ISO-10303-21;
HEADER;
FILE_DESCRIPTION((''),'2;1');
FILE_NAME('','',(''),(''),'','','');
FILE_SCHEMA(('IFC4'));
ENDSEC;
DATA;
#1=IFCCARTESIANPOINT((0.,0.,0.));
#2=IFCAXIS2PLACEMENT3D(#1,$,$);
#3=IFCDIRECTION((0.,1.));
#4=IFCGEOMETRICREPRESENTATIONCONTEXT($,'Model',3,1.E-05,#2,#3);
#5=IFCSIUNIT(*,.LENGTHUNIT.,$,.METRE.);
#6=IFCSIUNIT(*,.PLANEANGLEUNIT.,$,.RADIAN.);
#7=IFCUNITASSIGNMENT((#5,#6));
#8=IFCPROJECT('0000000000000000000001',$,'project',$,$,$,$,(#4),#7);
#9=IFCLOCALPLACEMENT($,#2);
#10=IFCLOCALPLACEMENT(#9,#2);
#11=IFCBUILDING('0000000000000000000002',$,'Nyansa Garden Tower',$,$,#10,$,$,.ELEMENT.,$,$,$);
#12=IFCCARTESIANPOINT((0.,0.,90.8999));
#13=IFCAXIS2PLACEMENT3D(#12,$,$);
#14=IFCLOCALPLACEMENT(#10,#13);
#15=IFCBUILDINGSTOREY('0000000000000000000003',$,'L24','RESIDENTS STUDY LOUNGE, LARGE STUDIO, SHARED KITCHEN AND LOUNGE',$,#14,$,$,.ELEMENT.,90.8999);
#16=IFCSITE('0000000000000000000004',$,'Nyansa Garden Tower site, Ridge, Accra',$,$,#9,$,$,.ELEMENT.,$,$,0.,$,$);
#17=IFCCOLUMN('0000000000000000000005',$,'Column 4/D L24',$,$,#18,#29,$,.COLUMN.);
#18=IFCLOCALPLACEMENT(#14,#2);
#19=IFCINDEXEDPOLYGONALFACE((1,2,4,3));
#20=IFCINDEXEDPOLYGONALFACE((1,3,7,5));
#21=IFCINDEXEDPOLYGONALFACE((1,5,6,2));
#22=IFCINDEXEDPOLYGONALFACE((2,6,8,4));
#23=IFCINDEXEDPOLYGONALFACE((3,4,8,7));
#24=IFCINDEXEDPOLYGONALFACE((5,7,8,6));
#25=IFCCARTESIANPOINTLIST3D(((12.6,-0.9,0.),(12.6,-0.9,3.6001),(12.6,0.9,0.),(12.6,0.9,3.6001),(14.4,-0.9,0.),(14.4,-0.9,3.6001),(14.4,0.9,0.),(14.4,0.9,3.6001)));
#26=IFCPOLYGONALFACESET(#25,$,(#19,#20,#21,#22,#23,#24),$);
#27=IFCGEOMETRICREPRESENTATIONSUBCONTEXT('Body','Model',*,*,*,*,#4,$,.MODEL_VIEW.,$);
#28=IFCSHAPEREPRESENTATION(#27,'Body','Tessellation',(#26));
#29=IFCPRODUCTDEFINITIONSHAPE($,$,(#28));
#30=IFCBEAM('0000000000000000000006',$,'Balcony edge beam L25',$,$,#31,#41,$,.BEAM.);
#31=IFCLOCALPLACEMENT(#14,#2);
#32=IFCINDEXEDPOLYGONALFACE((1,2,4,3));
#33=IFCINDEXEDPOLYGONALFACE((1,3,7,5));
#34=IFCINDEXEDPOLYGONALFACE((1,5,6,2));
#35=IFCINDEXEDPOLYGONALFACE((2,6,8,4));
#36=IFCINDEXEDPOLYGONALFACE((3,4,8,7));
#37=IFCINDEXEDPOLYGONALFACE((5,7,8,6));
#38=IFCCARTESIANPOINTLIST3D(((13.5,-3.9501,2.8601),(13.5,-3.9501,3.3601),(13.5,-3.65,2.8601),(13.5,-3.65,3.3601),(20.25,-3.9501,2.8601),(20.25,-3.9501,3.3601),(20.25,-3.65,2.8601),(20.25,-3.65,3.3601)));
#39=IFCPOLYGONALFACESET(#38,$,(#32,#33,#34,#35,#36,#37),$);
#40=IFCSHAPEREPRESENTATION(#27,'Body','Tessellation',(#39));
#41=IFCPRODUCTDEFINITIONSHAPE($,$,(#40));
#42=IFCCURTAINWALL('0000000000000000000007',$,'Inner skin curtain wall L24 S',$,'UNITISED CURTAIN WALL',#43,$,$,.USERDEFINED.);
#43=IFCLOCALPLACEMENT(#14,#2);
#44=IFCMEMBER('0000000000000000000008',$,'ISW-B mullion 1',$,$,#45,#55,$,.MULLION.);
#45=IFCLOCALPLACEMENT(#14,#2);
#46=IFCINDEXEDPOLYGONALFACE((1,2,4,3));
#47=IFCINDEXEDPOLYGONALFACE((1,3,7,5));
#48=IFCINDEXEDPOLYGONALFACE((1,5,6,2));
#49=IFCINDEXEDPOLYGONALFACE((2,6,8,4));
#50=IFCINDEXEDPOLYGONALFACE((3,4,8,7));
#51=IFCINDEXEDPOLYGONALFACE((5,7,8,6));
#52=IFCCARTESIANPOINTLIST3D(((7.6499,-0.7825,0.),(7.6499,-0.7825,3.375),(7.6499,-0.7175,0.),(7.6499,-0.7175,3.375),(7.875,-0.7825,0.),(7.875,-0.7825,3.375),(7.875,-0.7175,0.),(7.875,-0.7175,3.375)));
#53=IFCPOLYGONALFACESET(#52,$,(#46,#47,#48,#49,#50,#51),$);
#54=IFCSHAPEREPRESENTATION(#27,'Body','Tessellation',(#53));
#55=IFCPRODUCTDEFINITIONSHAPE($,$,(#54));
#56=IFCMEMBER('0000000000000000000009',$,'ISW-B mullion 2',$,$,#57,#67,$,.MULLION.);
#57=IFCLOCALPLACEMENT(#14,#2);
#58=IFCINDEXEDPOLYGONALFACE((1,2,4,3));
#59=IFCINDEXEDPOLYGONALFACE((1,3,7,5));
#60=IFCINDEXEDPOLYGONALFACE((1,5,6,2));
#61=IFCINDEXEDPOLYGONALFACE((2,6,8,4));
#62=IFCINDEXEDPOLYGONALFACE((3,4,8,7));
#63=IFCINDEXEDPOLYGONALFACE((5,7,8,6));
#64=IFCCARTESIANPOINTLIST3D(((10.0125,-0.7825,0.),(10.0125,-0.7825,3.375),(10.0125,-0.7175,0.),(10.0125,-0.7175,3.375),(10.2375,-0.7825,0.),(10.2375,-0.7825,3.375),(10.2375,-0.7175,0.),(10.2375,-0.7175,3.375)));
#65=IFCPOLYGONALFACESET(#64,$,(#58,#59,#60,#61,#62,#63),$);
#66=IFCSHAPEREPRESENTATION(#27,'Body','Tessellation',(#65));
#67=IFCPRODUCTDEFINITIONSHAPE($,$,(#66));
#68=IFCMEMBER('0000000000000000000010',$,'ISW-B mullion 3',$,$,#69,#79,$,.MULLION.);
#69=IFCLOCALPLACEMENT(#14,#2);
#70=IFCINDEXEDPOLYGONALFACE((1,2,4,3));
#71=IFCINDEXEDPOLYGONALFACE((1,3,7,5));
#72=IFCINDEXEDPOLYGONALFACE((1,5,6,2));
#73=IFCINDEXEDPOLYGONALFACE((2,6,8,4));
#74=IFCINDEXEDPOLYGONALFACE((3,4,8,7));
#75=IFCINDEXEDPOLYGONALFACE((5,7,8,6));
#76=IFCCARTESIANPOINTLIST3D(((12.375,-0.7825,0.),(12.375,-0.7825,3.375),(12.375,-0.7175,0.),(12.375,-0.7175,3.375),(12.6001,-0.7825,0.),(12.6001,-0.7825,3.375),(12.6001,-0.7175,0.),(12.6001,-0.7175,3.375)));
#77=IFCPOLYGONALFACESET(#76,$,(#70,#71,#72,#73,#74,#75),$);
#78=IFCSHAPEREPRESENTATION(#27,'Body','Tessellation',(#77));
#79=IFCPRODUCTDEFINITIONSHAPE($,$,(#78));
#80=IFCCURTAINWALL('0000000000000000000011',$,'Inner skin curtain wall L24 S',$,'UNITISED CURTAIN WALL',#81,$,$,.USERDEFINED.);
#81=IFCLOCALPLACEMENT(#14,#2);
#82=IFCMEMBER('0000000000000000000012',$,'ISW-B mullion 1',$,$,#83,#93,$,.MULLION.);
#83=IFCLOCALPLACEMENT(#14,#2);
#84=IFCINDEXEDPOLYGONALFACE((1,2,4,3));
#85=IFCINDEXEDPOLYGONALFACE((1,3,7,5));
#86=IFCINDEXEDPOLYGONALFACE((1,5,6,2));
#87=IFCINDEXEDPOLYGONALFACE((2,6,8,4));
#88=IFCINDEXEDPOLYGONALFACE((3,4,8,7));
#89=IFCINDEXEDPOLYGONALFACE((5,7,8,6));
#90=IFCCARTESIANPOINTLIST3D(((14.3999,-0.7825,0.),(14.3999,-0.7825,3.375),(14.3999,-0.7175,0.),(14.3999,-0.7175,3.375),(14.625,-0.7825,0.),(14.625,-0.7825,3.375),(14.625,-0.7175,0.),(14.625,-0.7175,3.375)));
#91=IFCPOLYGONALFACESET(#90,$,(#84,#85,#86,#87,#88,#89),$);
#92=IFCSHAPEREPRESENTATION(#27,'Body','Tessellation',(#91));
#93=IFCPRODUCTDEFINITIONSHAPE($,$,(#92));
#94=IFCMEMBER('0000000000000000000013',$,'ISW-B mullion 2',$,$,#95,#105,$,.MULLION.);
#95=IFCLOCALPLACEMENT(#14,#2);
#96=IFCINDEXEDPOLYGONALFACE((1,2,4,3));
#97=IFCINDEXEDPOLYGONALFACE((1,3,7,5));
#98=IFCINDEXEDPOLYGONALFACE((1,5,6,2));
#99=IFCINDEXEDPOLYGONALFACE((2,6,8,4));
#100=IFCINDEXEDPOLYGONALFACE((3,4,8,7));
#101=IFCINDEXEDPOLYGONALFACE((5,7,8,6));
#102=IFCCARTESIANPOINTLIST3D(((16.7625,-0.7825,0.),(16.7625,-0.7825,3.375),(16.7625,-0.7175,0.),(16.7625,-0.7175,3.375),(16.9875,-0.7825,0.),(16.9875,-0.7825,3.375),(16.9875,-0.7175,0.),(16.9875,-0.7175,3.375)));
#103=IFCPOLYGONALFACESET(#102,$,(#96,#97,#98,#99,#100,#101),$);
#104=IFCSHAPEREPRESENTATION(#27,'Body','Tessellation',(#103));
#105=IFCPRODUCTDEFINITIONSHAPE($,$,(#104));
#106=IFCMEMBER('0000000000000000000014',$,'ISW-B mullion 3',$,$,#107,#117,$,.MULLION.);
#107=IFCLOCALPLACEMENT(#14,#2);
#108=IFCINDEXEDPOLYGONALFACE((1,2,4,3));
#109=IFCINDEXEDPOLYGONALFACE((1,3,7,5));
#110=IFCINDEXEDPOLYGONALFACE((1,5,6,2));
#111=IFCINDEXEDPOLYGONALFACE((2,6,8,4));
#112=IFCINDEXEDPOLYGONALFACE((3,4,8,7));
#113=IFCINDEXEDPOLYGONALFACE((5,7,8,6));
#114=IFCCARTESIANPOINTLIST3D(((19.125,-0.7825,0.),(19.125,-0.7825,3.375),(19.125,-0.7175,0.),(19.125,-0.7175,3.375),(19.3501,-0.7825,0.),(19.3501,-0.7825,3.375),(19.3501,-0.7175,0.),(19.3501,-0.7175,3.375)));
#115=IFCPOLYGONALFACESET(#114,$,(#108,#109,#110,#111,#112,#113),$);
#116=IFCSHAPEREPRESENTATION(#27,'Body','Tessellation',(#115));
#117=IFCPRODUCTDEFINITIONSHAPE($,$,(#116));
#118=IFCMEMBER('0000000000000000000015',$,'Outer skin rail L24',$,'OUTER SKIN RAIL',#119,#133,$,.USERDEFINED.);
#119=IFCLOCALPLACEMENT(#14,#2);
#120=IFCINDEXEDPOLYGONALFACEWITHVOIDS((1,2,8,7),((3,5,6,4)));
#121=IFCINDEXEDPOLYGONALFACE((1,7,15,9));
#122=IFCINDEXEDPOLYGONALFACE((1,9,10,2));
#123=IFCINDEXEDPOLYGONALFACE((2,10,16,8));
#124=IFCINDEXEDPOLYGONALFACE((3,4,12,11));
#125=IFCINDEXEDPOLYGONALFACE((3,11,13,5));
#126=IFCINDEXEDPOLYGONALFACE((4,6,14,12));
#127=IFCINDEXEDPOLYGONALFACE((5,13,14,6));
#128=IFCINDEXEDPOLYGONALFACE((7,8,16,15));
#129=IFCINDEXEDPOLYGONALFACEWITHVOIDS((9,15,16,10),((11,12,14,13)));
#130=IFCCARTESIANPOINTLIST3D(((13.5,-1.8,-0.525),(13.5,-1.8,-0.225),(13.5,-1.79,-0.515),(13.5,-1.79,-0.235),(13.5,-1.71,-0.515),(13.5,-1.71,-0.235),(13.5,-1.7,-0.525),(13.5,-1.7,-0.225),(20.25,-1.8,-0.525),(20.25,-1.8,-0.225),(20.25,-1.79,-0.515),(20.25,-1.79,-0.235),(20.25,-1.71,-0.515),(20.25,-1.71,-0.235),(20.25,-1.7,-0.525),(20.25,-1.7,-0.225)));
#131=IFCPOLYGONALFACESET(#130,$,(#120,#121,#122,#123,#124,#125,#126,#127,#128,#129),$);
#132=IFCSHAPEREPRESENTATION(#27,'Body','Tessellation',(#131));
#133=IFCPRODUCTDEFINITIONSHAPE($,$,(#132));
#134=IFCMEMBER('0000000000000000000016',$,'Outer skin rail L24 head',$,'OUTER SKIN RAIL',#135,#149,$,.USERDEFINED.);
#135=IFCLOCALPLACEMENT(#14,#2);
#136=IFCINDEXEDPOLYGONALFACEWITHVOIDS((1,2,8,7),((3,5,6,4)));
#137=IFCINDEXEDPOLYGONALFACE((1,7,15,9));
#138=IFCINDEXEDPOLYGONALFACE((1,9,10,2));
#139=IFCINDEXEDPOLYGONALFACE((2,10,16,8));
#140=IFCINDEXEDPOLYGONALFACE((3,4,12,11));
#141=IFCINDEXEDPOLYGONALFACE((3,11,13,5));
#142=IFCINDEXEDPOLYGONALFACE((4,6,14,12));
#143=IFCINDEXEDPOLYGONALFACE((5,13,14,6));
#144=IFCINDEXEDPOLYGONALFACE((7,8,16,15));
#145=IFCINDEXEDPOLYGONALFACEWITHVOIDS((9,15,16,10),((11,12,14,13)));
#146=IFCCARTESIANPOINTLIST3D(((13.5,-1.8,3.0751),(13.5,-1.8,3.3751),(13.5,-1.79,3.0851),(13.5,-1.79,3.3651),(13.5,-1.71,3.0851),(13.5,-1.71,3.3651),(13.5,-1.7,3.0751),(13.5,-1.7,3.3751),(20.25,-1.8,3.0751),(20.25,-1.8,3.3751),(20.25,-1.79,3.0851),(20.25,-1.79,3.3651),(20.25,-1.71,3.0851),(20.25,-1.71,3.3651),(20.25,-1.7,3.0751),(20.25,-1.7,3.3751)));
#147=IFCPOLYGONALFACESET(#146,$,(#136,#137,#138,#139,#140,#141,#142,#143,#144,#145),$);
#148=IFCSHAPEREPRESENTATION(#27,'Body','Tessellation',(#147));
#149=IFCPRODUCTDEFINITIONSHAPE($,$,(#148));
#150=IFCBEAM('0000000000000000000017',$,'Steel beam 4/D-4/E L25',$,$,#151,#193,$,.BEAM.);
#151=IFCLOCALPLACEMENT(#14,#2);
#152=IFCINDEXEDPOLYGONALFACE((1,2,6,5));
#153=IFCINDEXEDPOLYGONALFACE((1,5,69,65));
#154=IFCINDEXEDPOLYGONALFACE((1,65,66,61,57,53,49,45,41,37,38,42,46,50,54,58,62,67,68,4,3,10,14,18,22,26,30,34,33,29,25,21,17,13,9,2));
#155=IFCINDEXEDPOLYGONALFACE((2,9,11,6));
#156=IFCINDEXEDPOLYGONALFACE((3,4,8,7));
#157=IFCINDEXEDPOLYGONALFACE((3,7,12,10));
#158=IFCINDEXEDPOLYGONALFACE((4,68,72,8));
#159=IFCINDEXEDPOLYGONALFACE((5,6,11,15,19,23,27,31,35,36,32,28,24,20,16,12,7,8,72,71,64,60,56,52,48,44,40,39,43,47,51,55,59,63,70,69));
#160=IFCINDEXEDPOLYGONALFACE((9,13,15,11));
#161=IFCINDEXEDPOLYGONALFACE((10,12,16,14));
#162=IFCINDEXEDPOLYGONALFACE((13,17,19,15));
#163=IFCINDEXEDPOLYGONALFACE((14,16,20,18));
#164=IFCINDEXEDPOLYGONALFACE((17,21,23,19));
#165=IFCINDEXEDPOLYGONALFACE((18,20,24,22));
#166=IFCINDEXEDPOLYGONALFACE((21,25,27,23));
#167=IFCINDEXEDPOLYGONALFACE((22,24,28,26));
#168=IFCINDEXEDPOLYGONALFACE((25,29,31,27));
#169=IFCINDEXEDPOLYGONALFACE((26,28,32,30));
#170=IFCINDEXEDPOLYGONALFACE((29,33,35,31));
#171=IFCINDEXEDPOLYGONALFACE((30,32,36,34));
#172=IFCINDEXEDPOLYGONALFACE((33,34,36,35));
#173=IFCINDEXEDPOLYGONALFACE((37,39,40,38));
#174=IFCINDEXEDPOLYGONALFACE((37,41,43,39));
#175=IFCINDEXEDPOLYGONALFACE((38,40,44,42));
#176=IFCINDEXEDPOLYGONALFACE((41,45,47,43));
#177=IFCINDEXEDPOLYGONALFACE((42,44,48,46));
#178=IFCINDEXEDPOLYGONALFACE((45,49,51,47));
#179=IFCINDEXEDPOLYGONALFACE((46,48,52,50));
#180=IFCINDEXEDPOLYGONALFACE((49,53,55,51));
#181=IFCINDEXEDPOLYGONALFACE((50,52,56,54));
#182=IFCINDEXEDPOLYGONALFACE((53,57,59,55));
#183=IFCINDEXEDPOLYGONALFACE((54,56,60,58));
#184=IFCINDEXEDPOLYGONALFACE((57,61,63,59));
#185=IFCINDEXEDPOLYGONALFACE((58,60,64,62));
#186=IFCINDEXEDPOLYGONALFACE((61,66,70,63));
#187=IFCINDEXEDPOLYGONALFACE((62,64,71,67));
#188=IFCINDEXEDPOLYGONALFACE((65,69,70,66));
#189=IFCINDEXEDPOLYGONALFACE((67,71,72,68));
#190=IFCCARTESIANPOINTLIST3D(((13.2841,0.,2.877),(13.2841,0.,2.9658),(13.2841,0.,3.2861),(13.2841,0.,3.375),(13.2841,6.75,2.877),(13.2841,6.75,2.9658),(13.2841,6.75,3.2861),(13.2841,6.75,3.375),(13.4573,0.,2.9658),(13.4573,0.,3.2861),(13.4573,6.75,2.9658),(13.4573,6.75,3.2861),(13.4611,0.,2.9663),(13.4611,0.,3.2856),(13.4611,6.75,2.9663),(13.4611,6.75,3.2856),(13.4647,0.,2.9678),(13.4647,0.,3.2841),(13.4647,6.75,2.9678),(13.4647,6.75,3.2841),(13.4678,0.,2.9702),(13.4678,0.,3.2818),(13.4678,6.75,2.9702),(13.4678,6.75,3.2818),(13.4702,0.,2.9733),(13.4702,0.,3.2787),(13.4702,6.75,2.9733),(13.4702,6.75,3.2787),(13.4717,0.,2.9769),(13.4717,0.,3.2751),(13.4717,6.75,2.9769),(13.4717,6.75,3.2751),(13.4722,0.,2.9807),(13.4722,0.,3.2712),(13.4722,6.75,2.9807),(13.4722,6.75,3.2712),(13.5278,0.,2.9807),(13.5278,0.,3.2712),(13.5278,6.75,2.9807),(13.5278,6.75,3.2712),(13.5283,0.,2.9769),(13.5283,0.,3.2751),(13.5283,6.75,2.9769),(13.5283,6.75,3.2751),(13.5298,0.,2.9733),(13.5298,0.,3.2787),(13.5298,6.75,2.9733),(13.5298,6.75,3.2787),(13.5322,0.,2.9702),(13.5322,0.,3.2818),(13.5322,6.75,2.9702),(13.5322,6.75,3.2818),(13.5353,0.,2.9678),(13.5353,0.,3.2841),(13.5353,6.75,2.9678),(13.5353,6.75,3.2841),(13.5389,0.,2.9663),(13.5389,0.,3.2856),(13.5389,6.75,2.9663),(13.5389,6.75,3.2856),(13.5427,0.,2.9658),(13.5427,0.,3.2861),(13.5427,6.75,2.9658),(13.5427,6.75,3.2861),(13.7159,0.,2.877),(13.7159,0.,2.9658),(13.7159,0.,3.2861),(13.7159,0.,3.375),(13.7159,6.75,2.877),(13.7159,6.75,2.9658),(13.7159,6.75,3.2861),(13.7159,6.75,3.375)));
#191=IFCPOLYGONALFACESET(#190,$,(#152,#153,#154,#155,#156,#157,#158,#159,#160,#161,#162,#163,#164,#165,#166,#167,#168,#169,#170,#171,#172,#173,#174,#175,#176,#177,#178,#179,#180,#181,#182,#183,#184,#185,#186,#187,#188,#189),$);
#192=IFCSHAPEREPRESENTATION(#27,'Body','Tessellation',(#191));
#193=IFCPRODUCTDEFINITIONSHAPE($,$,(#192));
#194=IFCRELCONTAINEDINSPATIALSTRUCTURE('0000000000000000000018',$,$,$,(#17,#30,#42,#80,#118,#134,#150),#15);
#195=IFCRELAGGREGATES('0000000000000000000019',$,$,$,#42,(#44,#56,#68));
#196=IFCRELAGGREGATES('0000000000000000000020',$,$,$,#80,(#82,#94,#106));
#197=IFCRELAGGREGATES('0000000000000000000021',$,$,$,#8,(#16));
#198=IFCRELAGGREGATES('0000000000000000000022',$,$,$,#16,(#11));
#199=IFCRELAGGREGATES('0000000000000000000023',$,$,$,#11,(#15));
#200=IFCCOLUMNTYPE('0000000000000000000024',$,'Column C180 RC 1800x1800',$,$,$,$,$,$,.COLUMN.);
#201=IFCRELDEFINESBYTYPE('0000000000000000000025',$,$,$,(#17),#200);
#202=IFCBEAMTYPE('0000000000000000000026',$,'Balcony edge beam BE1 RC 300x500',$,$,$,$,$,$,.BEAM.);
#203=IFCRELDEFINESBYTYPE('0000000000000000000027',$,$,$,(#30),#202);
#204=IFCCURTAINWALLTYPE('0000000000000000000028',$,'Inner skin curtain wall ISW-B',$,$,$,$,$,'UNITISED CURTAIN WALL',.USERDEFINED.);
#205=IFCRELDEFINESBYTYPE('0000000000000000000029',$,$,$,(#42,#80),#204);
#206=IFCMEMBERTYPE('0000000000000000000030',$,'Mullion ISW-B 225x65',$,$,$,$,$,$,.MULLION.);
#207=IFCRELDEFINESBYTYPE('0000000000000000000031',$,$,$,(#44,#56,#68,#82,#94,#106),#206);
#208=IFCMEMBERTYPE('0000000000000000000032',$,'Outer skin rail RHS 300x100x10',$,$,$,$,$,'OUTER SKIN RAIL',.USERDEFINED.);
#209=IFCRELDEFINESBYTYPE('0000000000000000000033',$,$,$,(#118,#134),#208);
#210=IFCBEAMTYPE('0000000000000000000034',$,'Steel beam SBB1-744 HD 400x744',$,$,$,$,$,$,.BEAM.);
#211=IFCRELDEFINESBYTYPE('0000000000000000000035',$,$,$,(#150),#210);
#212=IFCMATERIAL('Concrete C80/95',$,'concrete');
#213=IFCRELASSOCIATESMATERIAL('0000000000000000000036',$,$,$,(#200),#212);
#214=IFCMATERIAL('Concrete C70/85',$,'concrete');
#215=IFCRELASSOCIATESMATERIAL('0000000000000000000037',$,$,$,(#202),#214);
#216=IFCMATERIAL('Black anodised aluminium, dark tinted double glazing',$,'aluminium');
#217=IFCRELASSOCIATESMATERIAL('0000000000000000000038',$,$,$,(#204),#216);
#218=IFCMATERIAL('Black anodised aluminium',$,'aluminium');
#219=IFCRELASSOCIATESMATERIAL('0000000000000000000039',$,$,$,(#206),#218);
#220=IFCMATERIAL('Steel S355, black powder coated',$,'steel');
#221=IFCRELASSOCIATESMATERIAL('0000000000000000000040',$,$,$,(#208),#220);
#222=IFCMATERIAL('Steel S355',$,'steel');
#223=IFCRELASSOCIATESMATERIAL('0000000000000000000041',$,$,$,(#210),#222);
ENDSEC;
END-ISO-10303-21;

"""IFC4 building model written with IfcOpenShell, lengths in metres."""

from ifc_helpers import new_model, si_unit, direction, frame, origin, origin_2d, place, context, subcontext, project, spatial, rectangle, hollow_rectangle, i_section, extrude, material, material_profile, profile_set, type_object, element, aggregate, save


model = new_model("IFC4")

# Units and contexts
model_context = context("Model", 3, precision=1e-05, world=origin(), true_north=direction((0.0, 1.0)))
body_context = subcontext(model_context, "Body", "Model", "MODEL_VIEW")
ifc_project = project(units=[si_unit("LENGTHUNIT", "METRE"), si_unit("PLANEANGLEUNIT", "RADIAN")], contexts=[model_context])

# Site, building, storey
site_placement = place(None, origin())
site = spatial("IfcSite", under=ifc_project, at=site_placement, Name="Nyansa Garden Tower site, Ridge, Accra", CompositionType="ELEMENT", RefElevation=0.0)
building_placement = place(site_placement, origin())
building = spatial("IfcBuilding", under=site, at=building_placement, Name="Nyansa Garden Tower", CompositionType="ELEMENT")
storey_placement = place(building_placement, frame((0.0, 0.0, 90.8999)))
storey = spatial("IfcBuildingStorey", under=building, at=storey_placement, Name="L24", Description="RESIDENTS STUDY LOUNGE, LARGE STUDIO, SHARED KITCHEN AND LOUNGE", CompositionType="ELEMENT", Elevation=90.8999)

# Column
ifc_material_1 = material(Name="Concrete C80/95", Category="concrete")
ifc_material_profile_1 = material_profile(ifc_material_1, rectangle(XDim=1.8, YDim=1.8, at=origin_2d()), Name="RC 1800x1800")
ifc_profile_set_1 = profile_set([ifc_material_profile_1], Name="Concrete C80/95")
column_type = type_object("IfcColumnType", Name="Column C180 RC 1800x1800", PredefinedType="COLUMN", material=ifc_profile_set_1)
column_placement = place(storey_placement, frame((13.5, 0.0, 0.0), z_axis=(0.0, 0.0, 1.0), x_axis=(1.0, 0.0, 0.0)))
element("IfcColumn", 1, at=column_placement, inside=storey, type_object=column_type, Name="Column 4/D L24", PredefinedType="COLUMN", context=body_context, shape_type="SweptSolid", body=[
    extrude(rectangle(XDim=1.8, YDim=1.8, at=origin_2d()), origin(), (0.0, 0.0, 1.0), 3.6001),
])

# Beam
ifc_material_2 = material(Name="Concrete C70/85", Category="concrete")
ifc_material_profile_2 = material_profile(ifc_material_2, rectangle(XDim=0.3, YDim=0.5, at=origin_2d()), Name="RC 300x500")
ifc_profile_set_2 = profile_set([ifc_material_profile_2], Name="Concrete C70/85")
beam_type_1 = type_object("IfcBeamType", Name="Balcony edge beam BE1 RC 300x500", PredefinedType="BEAM", material=ifc_profile_set_2)
beam_1_placement = place(storey_placement, frame((13.5, -3.8, 3.1101), z_axis=(1.0, 0.0, 0.0), x_axis=(0.0, 1.0, 0.0)))
element("IfcBeam", 2, at=beam_1_placement, inside=storey, type_object=beam_type_1, Name="Balcony edge beam L25", PredefinedType="BEAM", context=body_context, shape_type="SweptSolid", body=[
    extrude(rectangle(XDim=0.3, YDim=0.5, at=origin_2d()), origin(), (0.0, 0.0, 1.0), 6.75),
])

# Curtain walls, members
ifc_material_3 = material(Name="Black anodised aluminium, dark tinted double glazing", Category="aluminium")
curtain_wall_type = type_object("IfcCurtainWallType", Name="Inner skin curtain wall ISW-B", ElementType="UNITISED CURTAIN WALL", PredefinedType="USERDEFINED", material=ifc_material_3)
curtain_wall_1_placement = place(storey_placement, origin())
curtain_wall_1 = element("IfcCurtainWall", 3, at=curtain_wall_1_placement, inside=storey, type_object=curtain_wall_type, Name="Inner skin curtain wall L24 S", ObjectType="UNITISED CURTAIN WALL", PredefinedType="USERDEFINED")
ifc_material_4 = material(Name="Black anodised aluminium", Category="aluminium")
ifc_material_profile_3 = material_profile(ifc_material_4, rectangle(XDim=0.0649, YDim=0.2251, at=origin_2d()), Name="Mullion 225x65")
ifc_profile_set_3 = profile_set([ifc_material_profile_3], Name="Black anodised aluminium")
member_type_1 = type_object("IfcMemberType", Name="Mullion ISW-B 225x65", PredefinedType="MULLION", material=ifc_profile_set_3)
member_1_placement = place(storey_placement, frame((7.7625, -0.75, 0.0), z_axis=(0.0, 0.0, 1.0), x_axis=(0.0, 1.0, 0.0)))
member_1 = element("IfcMember", 4, at=member_1_placement, type_object=member_type_1, Name="ISW-B mullion 1", PredefinedType="MULLION", context=body_context, shape_type="SweptSolid", body=[
    extrude(rectangle(XDim=0.0649, YDim=0.2251, at=origin_2d()), origin(), (0.0, 0.0, 1.0), 3.375),
])
member_2_placement = place(storey_placement, frame((10.125, -0.75, 0.0), z_axis=(0.0, 0.0, 1.0), x_axis=(0.0, 1.0, 0.0)))
member_2 = element("IfcMember", 5, at=member_2_placement, type_object=member_type_1, Name="ISW-B mullion 2", PredefinedType="MULLION", context=body_context, shape_type="SweptSolid", body=[
    extrude(rectangle(XDim=0.0649, YDim=0.2251, at=origin_2d()), origin(), (0.0, 0.0, 1.0), 3.375),
])
member_3_placement = place(storey_placement, frame((12.4875, -0.75, 0.0), z_axis=(0.0, 0.0, 1.0), x_axis=(0.0, 1.0, 0.0)))
member_3 = element("IfcMember", 6, at=member_3_placement, type_object=member_type_1, Name="ISW-B mullion 3", PredefinedType="MULLION", context=body_context, shape_type="SweptSolid", body=[
    extrude(rectangle(XDim=0.0649, YDim=0.2251, at=origin_2d()), origin(), (0.0, 0.0, 1.0), 3.375),
])
curtain_wall_2_placement = place(storey_placement, origin())
curtain_wall_2 = element("IfcCurtainWall", 7, at=curtain_wall_2_placement, inside=storey, type_object=curtain_wall_type, Name="Inner skin curtain wall L24 S", ObjectType="UNITISED CURTAIN WALL", PredefinedType="USERDEFINED")
member_4_placement = place(storey_placement, frame((14.5125, -0.75, 0.0), z_axis=(0.0, 0.0, 1.0), x_axis=(0.0, 1.0, 0.0)))
member_4 = element("IfcMember", 8, at=member_4_placement, type_object=member_type_1, Name="ISW-B mullion 1", PredefinedType="MULLION", context=body_context, shape_type="SweptSolid", body=[
    extrude(rectangle(XDim=0.0649, YDim=0.2251, at=origin_2d()), origin(), (0.0, 0.0, 1.0), 3.375),
])
member_5_placement = place(storey_placement, frame((16.875, -0.75, 0.0), z_axis=(0.0, 0.0, 1.0), x_axis=(0.0, 1.0, 0.0)))
member_5 = element("IfcMember", 9, at=member_5_placement, type_object=member_type_1, Name="ISW-B mullion 2", PredefinedType="MULLION", context=body_context, shape_type="SweptSolid", body=[
    extrude(rectangle(XDim=0.0649, YDim=0.2251, at=origin_2d()), origin(), (0.0, 0.0, 1.0), 3.375),
])
member_6_placement = place(storey_placement, frame((19.2375, -0.75, 0.0), z_axis=(0.0, 0.0, 1.0), x_axis=(0.0, 1.0, 0.0)))
member_6 = element("IfcMember", 10, at=member_6_placement, type_object=member_type_1, Name="ISW-B mullion 3", PredefinedType="MULLION", context=body_context, shape_type="SweptSolid", body=[
    extrude(rectangle(XDim=0.0649, YDim=0.2251, at=origin_2d()), origin(), (0.0, 0.0, 1.0), 3.375),
])

# Members
ifc_material_5 = material(Name="Steel S355, black powder coated", Category="steel")
ifc_material_profile_4 = material_profile(ifc_material_5, hollow_rectangle(XDim=0.1001, YDim=0.3, WallThickness=0.01, at=origin_2d()), Name="RHS 300x100x10")
ifc_profile_set_4 = profile_set([ifc_material_profile_4], Name="Steel S355, black powder coated")
member_type_2 = type_object("IfcMemberType", Name="Outer skin rail RHS 300x100x10", ElementType="OUTER SKIN RAIL", PredefinedType="USERDEFINED", material=ifc_profile_set_4)
for number, where, z_axis, x_axis, name in (
    (11, (13.5, -1.75, -0.375), (1.0, 0.0, 0.0), (0.0, 1.0, 0.0), "Outer skin rail L24"),
    (12, (13.5, -1.75, 3.2251), (1.0, 0.0, 0.0), (0.0, 1.0, 0.0), "Outer skin rail L24 head"),
):
    element("IfcMember", number, at=place(storey_placement, frame(where, z_axis=z_axis, x_axis=x_axis)), inside=storey, type_object=member_type_2, Name=name, ObjectType="OUTER SKIN RAIL", PredefinedType="USERDEFINED", context=body_context, shape_type="SweptSolid", body=[
        extrude(hollow_rectangle(XDim=0.1001, YDim=0.3, WallThickness=0.01, at=origin_2d()), origin(), (0.0, 0.0, 1.0), 6.75),
    ])

# Beam
ifc_material_6 = material(Name="Steel S355", Category="steel")
ifc_material_profile_5 = material_profile(ifc_material_6, i_section(OverallWidth=0.4319, OverallDepth=0.498, WebThickness=0.0557, FlangeThickness=0.0889, FilletRadius=0.0149, at=origin_2d()), Name="HD 400x744")
ifc_profile_set_5 = profile_set([ifc_material_profile_5], Name="Steel S355")
beam_type_2 = type_object("IfcBeamType", Name="Steel beam SBB1-744 HD 400x744", PredefinedType="BEAM", material=ifc_profile_set_5)
beam_2_placement = place(storey_placement, frame((13.5, 0.0, 3.126), z_axis=(0.0, 1.0, 0.0), x_axis=(-1.0, 0.0, 0.0)))
element("IfcBeam", 13, at=beam_2_placement, inside=storey, type_object=beam_type_2, Name="Steel beam 4/D-4/E L25", PredefinedType="BEAM", context=body_context, shape_type="SweptSolid", body=[
    extrude(i_section(OverallWidth=0.4319, OverallDepth=0.498, WebThickness=0.0557, FlangeThickness=0.0889, FilletRadius=0.0149, at=origin_2d()), origin(), (0.0, 0.0, 1.0), 6.75),
])

aggregate(curtain_wall_1, [member_1, member_2, member_3])
aggregate(curtain_wall_2, [member_4, member_5, member_6])

save(model, "model.ifc")
